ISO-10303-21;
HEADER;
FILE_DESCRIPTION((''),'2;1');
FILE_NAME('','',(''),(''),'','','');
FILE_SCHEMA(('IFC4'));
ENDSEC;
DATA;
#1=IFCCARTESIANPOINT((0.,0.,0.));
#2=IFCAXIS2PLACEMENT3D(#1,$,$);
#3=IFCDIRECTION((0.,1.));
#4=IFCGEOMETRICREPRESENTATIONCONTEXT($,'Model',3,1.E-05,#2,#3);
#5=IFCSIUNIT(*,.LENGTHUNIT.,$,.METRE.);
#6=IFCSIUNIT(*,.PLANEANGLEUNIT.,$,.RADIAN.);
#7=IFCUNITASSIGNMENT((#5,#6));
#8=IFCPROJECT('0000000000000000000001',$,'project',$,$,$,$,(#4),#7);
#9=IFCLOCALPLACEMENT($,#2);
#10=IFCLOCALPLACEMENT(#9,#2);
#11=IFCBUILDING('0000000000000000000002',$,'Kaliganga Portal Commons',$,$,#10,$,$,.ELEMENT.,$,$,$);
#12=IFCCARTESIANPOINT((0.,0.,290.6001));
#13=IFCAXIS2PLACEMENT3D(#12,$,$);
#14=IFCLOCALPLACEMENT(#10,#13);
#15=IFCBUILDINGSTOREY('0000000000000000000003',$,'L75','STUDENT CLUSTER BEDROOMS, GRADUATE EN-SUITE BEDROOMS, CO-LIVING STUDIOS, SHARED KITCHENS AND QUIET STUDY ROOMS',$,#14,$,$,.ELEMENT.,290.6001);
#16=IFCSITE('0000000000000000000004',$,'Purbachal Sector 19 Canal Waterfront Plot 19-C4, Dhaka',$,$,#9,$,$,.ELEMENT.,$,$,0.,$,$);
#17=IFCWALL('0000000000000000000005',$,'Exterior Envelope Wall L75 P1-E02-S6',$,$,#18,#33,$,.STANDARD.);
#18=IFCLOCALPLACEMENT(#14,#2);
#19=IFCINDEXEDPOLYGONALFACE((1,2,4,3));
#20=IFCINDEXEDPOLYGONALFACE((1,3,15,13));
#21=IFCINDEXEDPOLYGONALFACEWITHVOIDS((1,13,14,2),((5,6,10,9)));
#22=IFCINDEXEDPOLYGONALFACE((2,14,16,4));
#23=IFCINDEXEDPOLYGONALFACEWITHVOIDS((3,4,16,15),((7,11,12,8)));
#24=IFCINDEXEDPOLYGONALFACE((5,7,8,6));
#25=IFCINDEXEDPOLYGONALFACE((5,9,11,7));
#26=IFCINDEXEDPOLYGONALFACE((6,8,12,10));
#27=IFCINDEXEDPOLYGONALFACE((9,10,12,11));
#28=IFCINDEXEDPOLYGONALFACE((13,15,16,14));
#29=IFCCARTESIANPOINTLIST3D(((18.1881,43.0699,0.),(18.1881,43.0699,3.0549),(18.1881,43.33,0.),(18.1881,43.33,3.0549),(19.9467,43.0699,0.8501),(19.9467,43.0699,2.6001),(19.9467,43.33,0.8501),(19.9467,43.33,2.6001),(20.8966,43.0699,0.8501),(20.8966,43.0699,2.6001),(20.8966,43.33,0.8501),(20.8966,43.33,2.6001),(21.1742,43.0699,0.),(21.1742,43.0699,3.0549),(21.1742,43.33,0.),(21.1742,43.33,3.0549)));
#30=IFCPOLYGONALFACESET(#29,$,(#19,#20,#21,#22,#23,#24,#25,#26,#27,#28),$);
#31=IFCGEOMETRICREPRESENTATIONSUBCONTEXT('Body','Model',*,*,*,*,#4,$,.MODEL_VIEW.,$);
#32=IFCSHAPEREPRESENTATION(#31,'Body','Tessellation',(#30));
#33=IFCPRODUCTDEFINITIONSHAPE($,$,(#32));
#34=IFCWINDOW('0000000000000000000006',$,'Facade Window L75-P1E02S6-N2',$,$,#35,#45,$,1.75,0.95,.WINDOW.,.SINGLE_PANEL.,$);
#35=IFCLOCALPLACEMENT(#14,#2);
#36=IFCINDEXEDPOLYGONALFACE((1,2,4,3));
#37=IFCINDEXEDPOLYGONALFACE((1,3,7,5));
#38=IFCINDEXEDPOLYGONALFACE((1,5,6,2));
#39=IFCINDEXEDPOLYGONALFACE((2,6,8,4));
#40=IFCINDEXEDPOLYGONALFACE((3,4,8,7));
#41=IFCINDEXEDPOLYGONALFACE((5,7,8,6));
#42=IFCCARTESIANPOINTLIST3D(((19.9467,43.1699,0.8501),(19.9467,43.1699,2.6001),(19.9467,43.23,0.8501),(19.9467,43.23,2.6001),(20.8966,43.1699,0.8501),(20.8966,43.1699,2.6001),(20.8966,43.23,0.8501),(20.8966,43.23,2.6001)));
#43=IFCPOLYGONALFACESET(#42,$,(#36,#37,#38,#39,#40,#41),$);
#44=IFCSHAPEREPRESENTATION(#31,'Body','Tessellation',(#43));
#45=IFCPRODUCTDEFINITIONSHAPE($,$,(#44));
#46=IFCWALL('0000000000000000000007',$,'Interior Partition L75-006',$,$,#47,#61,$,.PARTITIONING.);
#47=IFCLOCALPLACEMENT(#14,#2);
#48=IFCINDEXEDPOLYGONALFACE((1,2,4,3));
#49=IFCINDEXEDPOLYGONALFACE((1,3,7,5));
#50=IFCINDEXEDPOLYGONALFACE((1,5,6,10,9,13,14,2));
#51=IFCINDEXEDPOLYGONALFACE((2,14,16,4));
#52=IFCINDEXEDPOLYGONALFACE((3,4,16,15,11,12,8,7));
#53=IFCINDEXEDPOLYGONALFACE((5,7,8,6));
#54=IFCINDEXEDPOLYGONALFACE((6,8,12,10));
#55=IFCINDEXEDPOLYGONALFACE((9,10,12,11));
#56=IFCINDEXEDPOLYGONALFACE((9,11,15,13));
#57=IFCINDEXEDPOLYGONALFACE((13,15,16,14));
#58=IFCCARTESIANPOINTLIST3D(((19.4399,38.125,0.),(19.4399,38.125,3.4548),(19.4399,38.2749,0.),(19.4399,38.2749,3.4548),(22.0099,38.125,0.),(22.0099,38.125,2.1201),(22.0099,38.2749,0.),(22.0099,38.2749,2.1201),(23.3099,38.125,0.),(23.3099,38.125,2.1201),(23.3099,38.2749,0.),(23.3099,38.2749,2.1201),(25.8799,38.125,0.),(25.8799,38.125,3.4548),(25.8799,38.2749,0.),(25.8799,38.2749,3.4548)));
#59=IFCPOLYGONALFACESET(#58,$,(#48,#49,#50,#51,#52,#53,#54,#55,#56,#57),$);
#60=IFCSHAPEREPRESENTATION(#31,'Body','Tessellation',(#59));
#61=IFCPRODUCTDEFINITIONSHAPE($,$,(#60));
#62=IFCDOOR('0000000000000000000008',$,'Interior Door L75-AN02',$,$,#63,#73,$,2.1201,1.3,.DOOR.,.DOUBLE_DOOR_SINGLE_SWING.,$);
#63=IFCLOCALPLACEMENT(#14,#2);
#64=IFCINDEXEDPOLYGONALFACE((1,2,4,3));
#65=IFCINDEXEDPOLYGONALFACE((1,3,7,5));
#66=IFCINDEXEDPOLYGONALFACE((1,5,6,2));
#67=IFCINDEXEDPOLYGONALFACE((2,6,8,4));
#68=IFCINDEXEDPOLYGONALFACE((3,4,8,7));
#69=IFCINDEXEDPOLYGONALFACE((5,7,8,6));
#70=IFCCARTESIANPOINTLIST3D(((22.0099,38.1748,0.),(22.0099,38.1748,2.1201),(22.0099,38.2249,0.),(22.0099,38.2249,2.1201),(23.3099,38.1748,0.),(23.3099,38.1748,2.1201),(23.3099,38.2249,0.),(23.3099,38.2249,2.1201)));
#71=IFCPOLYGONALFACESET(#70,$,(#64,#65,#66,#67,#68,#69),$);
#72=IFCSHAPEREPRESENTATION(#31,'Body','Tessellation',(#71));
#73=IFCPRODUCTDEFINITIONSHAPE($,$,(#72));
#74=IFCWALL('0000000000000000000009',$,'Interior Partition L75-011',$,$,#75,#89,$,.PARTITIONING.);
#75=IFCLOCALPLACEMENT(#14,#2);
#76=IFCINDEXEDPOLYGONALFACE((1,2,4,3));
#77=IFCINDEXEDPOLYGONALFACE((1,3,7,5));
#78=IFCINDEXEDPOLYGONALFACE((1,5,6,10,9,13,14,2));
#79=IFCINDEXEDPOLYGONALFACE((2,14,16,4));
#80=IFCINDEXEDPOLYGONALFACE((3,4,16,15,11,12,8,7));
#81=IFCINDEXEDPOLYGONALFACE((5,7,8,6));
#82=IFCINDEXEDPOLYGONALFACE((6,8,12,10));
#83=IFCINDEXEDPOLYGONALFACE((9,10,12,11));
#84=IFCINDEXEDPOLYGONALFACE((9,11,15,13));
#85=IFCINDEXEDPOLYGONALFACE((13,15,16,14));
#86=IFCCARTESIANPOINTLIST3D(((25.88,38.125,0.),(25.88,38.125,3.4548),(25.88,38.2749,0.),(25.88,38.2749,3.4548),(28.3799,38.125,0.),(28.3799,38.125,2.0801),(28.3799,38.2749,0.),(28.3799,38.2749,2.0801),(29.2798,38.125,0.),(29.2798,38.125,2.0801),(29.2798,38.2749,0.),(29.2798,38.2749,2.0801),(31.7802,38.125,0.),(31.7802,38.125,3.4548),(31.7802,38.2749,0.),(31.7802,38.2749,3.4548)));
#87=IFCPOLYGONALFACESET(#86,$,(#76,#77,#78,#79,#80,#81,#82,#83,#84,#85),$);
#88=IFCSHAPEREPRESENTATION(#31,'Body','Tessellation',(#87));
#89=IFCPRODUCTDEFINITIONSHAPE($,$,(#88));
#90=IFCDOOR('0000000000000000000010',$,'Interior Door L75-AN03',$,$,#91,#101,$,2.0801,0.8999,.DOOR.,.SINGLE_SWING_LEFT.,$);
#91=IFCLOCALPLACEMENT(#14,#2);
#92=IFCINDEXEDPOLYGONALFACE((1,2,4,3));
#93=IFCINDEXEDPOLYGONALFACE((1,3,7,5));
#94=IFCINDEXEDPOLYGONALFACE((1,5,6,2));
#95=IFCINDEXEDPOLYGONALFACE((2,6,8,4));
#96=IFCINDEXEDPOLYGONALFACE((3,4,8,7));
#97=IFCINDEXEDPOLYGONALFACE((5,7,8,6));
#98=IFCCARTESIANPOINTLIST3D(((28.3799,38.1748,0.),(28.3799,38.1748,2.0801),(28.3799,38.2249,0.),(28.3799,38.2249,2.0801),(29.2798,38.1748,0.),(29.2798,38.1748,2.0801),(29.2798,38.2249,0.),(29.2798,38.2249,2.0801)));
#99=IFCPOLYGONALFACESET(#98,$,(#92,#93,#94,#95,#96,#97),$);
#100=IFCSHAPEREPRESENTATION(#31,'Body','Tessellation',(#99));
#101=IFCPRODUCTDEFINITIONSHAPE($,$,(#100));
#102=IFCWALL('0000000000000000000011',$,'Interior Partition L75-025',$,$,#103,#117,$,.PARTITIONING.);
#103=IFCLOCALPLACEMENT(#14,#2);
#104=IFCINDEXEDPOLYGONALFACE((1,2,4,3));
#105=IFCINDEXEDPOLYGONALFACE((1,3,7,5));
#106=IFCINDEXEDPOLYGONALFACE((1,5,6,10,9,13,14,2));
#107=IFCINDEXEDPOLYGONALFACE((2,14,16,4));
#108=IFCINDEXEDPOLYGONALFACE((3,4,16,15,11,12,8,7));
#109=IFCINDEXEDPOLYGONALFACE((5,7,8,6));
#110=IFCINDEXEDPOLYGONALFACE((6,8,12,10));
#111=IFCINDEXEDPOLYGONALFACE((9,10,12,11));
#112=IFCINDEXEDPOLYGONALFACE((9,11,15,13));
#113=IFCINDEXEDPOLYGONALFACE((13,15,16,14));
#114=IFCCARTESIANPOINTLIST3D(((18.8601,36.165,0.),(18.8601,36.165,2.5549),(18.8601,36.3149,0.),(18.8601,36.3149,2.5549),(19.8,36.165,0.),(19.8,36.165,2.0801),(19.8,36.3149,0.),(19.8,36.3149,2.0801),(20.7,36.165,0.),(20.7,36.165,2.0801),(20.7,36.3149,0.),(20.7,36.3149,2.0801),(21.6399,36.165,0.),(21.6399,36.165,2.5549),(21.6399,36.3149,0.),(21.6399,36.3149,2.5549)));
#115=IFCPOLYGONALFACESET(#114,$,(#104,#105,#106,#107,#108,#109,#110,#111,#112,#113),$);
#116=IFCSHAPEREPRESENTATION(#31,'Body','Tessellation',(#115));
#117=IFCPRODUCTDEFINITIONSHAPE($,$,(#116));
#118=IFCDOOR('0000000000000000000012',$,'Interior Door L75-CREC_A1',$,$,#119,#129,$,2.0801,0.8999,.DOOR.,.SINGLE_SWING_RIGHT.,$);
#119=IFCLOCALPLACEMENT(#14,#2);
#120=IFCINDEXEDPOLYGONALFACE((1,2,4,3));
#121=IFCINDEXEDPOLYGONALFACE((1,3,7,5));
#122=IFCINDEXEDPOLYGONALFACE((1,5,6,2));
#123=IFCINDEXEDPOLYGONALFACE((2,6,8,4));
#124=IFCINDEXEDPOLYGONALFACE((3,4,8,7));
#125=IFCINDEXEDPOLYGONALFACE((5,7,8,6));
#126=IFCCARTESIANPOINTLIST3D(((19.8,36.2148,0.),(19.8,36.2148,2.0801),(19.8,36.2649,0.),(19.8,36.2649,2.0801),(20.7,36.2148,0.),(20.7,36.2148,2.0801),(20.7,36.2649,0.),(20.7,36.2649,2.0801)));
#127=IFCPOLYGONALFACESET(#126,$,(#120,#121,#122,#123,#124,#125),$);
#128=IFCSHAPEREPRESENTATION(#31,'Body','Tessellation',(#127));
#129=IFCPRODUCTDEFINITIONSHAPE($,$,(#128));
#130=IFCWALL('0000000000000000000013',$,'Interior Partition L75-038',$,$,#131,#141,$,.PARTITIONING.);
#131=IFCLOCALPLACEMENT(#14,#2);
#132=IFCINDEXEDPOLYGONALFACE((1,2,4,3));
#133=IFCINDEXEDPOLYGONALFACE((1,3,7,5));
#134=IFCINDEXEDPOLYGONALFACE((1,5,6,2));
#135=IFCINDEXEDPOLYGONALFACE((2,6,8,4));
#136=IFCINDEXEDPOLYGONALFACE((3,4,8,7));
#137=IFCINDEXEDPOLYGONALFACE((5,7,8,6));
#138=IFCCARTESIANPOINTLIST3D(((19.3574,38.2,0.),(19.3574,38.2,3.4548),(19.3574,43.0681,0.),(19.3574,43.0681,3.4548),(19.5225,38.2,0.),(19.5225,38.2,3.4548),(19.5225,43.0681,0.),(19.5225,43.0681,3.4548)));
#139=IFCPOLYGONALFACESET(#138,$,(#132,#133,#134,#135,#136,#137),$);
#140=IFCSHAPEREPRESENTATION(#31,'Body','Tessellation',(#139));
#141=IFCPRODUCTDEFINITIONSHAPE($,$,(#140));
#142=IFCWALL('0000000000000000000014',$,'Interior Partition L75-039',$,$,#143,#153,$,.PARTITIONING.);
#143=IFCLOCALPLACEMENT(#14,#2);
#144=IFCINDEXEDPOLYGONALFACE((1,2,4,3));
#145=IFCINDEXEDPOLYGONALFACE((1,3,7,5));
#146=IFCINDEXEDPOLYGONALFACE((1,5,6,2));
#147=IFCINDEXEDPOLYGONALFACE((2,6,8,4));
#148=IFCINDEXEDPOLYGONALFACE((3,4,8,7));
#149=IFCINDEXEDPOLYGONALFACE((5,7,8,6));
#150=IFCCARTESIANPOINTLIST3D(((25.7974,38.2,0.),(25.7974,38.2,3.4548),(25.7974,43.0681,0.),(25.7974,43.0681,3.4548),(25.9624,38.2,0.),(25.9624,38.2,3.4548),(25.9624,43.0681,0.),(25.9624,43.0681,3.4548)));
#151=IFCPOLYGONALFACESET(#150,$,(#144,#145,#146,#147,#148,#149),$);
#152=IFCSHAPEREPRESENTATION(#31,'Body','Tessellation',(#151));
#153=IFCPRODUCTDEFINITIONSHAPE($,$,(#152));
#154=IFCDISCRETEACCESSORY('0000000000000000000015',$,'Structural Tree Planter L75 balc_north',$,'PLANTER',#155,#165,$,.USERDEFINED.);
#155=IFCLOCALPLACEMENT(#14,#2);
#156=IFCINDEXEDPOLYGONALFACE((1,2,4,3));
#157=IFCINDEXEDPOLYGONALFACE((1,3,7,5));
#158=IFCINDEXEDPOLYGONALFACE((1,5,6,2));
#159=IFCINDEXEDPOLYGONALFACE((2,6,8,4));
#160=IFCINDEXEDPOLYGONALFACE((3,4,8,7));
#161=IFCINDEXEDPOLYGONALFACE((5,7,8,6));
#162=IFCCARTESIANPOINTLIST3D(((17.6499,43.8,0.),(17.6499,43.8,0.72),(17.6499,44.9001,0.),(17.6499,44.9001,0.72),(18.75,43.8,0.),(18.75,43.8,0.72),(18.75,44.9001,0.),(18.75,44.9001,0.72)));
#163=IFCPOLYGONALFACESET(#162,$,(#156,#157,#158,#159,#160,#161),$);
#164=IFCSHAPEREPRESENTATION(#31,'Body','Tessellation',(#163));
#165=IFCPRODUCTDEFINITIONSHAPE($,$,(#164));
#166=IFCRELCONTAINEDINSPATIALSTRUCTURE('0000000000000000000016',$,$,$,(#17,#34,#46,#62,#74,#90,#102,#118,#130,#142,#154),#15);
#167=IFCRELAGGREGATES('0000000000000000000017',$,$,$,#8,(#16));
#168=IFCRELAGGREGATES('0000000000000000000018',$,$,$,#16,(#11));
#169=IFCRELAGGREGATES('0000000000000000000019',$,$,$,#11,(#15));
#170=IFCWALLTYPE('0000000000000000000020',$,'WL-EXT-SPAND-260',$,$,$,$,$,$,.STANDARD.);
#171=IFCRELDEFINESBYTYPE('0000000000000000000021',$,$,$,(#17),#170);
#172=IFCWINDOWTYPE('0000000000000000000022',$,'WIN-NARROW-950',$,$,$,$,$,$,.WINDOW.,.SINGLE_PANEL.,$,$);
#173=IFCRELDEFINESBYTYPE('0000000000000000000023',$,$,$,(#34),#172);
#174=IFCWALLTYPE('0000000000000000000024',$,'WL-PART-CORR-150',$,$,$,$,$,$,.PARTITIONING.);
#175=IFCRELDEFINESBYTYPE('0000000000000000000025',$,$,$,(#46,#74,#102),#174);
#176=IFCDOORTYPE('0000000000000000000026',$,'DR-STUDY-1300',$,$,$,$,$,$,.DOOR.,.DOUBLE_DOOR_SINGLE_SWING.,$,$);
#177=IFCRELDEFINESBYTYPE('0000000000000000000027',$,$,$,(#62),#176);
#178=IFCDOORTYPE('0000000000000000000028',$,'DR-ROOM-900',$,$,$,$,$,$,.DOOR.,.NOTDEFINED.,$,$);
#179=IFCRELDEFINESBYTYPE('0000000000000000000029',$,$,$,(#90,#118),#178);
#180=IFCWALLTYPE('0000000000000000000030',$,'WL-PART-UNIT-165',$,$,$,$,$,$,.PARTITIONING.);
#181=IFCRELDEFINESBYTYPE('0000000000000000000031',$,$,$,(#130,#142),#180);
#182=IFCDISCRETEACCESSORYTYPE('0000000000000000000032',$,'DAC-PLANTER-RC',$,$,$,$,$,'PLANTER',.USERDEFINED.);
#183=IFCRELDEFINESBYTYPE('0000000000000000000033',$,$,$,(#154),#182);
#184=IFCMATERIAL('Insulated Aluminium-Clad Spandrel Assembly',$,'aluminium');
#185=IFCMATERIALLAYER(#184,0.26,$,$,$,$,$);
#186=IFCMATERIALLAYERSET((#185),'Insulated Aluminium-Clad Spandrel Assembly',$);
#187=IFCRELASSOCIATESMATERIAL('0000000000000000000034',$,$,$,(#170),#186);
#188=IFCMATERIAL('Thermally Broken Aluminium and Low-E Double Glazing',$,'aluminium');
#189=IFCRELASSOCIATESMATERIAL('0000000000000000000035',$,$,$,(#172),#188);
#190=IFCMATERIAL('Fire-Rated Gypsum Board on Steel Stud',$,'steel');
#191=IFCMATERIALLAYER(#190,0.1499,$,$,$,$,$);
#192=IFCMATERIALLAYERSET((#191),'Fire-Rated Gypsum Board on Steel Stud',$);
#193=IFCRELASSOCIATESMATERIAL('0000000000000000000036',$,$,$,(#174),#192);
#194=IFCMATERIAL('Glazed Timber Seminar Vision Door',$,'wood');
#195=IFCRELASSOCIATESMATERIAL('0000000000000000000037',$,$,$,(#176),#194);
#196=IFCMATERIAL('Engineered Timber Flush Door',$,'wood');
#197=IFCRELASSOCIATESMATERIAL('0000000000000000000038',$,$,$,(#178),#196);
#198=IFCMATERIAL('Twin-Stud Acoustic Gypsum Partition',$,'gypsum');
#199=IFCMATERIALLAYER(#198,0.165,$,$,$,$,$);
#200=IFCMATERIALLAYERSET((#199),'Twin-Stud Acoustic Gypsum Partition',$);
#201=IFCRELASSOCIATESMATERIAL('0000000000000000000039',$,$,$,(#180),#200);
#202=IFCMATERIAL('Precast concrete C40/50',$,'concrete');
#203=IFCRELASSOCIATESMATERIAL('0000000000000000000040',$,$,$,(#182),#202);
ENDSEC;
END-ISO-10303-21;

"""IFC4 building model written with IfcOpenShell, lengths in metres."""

from ifc_helpers import new_model, si_unit, direction, frame, frame_2d, origin, origin_2d, place, context, subcontext, project, spatial, rectangle, extrude, source, transform, mapped, material, layer, layer_set, type_object, element, fill, save


model = new_model("IFC4")

# Units and contexts
model_context = context("Model", 3, precision=1e-05, world=origin(), true_north=direction((0.0, 1.0)))
body_context = subcontext(model_context, "Body", "Model", "MODEL_VIEW")
ifc_project = project(units=[si_unit("LENGTHUNIT", "METRE"), si_unit("PLANEANGLEUNIT", "RADIAN")], contexts=[model_context])

# Site, building, storey
site_placement = place(None, origin())
site = spatial("IfcSite", under=ifc_project, at=site_placement, Name="Purbachal Sector 19 Canal Waterfront Plot 19-C4, Dhaka", CompositionType="ELEMENT", RefElevation=0.0)
building_placement = place(site_placement, origin())
building = spatial("IfcBuilding", under=site, at=building_placement, Name="Kaliganga Portal Commons", CompositionType="ELEMENT")
storey_placement = place(building_placement, frame((0.0, 0.0, 290.6001)))
storey = spatial("IfcBuildingStorey", under=building, at=storey_placement, Name="L75", Description="STUDENT CLUSTER BEDROOMS, GRADUATE EN-SUITE BEDROOMS, CO-LIVING STUDIOS, SHARED KITCHENS AND QUIET STUDY ROOMS", CompositionType="ELEMENT", Elevation=290.6001)

# Wall, opening, window
ifc_material_1 = material(Name="Insulated Aluminium-Clad Spandrel Assembly", Category="aluminium")
ifc_layer_1 = layer(ifc_material_1, 0.26)
ifc_layer_set_1 = layer_set([ifc_layer_1], Name="Insulated Aluminium-Clad Spandrel Assembly")
wall_type_1 = type_object("IfcWallType", Name="WL-EXT-SPAND-260", PredefinedType="STANDARD", material=ifc_layer_set_1)
ifc_material_2 = material(Name="Thermally Broken Aluminium and Low-E Double Glazing", Category="aluminium")
window_type = type_object("IfcWindowType", Name="WIN-NARROW-950", PartitioningType="SINGLE_PANEL", PredefinedType="WINDOW", material=ifc_material_2)
wall_1_placement = place(storey_placement, frame((18.188, 43.2, 0.0), z_axis=(0.0, 0.0, 1.0), x_axis=(1.0, 0.0, 0.0)))
wall_1 = element("IfcWall", 1, at=wall_1_placement, inside=storey, type_object=wall_type_1, Name="Exterior Envelope Wall L75 P1-E02-S6", PredefinedType="STANDARD", context=body_context, shape_type="SweptSolid", body=[
    extrude(rectangle(XDim=2.9861, YDim=0.26, at=frame_2d((1.4932, 0.0))), origin(), (0.0, 0.0, 1.0), 3.0549),
])
opening_1_placement = place(wall_1_placement, frame((1.7585, 0.0, 0.8501)))
opening_1 = element("IfcOpeningElement", 2, at=opening_1_placement, cuts=wall_1, PredefinedType="OPENING", context=body_context, shape_type="SweptSolid", body=[
    extrude(rectangle(XDim=0.95, YDim=1.75, at=frame_2d((0.4751, 0.875))), frame((0.0, 0.1401, 0.0), z_axis=(0.0, -1.0, 0.0), x_axis=(1.0, 0.0, 0.0)), (0.0, 0.0, 1.0), 0.28),
])
window_1_placement = place(opening_1_placement, origin())
window_1 = element("IfcWindow", 3, at=window_1_placement, inside=storey, type_object=window_type, Name="Facade Window L75-P1E02S6-N2", OverallHeight=1.75, OverallWidth=0.95, PartitioningType="SINGLE_PANEL", PredefinedType="WINDOW", context=body_context, shape_type="SweptSolid", body=[
    extrude(rectangle(XDim=0.95, YDim=1.75, at=frame_2d((0.4751, 0.875))), frame((0.0, 0.03, 0.0), z_axis=(0.0, -1.0, 0.0), x_axis=(1.0, 0.0, 0.0)), (0.0, 0.0, 1.0), 0.0601),
])
fill(opening_1, window_1)

# Walls, openings, doors
ifc_material_3 = material(Name="Fire-Rated Gypsum Board on Steel Stud", Category="steel")
ifc_layer_2 = layer(ifc_material_3, 0.1499)
ifc_layer_set_2 = layer_set([ifc_layer_2], Name="Fire-Rated Gypsum Board on Steel Stud")
wall_type_2 = type_object("IfcWallType", Name="WL-PART-CORR-150", PredefinedType="PARTITIONING", material=ifc_layer_set_2)
wall_2_placement = place(storey_placement, frame((19.4399, 38.2, 0.0), z_axis=(0.0, 0.0, 1.0), x_axis=(1.0, 0.0, 0.0)))
wall_2 = element("IfcWall", 4, at=wall_2_placement, inside=storey, type_object=wall_type_2, Name="Interior Partition L75-006", PredefinedType="PARTITIONING", context=body_context, shape_type="SweptSolid", body=[
    extrude(rectangle(XDim=6.4399, YDim=0.1499, at=frame_2d((3.22, 0.0))), origin(), (0.0, 0.0, 1.0), 3.4548),
])
opening_2_placement = place(wall_2_placement, frame((2.5701, 0.0, 0.0)))
opening_2 = element("IfcOpeningElement", 5, at=opening_2_placement, cuts=wall_2, PredefinedType="OPENING", context=body_context, shape_type="SweptSolid", body=[
    extrude(rectangle(XDim=1.3, YDim=2.1201, at=frame_2d((0.6499, 1.0601))), frame((0.0, 0.085, 0.0), z_axis=(0.0, -1.0, 0.0), x_axis=(1.0, 0.0, 0.0)), (0.0, 0.0, 1.0), 0.1699),
])
ifc_material_4 = material(Name="Glazed Timber Seminar Vision Door", Category="wood")
door_type_1 = type_object("IfcDoorType", Name="DR-STUDY-1300", OperationType="DOUBLE_DOOR_SINGLE_SWING", PredefinedType="DOOR", material=ifc_material_4)
door_1_placement = place(opening_2_placement, origin())
door_1 = element("IfcDoor", 6, at=door_1_placement, inside=storey, type_object=door_type_1, Name="Interior Door L75-AN02", OperationType="DOUBLE_DOOR_SINGLE_SWING", OverallHeight=2.1201, OverallWidth=1.3, PredefinedType="DOOR", context=body_context, shape_type="SweptSolid", body=[
    extrude(rectangle(XDim=1.3, YDim=2.1201, at=frame_2d((0.6499, 1.0601))), frame((0.0, 0.0249, 0.0), z_axis=(0.0, -1.0, 0.0), x_axis=(1.0, 0.0, 0.0)), (0.0, 0.0, 1.0), 0.05),
])
fill(opening_2, door_1)
wall_3_placement = place(storey_placement, frame((25.8799, 38.2, 0.0), z_axis=(0.0, 0.0, 1.0), x_axis=(1.0, 0.0, 0.0)))
wall_3 = element("IfcWall", 7, at=wall_3_placement, inside=storey, type_object=wall_type_2, Name="Interior Partition L75-011", PredefinedType="PARTITIONING", context=body_context, shape_type="SweptSolid", body=[
    extrude(rectangle(XDim=5.9001, YDim=0.1499, at=frame_2d((2.9502, 0.0))), origin(), (0.0, 0.0, 1.0), 3.4548),
])
opening_3_placement = place(wall_3_placement, frame((2.5, 0.0, 0.0)))
opening_3 = element("IfcOpeningElement", 8, at=opening_3_placement, cuts=wall_3, PredefinedType="OPENING", context=body_context, shape_type="SweptSolid", body=[
    extrude(rectangle(XDim=0.8999, YDim=2.0801, at=frame_2d((0.45, 1.04))), frame((0.0, 0.085, 0.0), z_axis=(0.0, -1.0, 0.0), x_axis=(1.0, 0.0, 0.0)), (0.0, 0.0, 1.0), 0.1699),
])
ifc_material_5 = material(Name="Engineered Timber Flush Door", Category="wood")
door_type_2 = type_object("IfcDoorType", Name="DR-ROOM-900", OperationType="NOTDEFINED", PredefinedType="DOOR", material=ifc_material_5)
door_2_placement = place(opening_3_placement, origin())
door_2 = element("IfcDoor", 9, at=door_2_placement, inside=storey, type_object=door_type_2, Name="Interior Door L75-AN03", OperationType="SINGLE_SWING_LEFT", OverallHeight=2.0801, OverallWidth=0.8999, PredefinedType="DOOR", context=body_context, shape_type="SweptSolid", body=[
    extrude(rectangle(XDim=0.8999, YDim=2.0801, at=frame_2d((0.45, 1.04))), frame((0.0, 0.0249, 0.0), z_axis=(0.0, -1.0, 0.0), x_axis=(1.0, 0.0, 0.0)), (0.0, 0.0, 1.0), 0.05),
])
fill(opening_3, door_2)
wall_4_placement = place(storey_placement, frame((18.8601, 36.24, 0.0), z_axis=(0.0, 0.0, 1.0), x_axis=(1.0, 0.0, 0.0)))
wall_4 = element("IfcWall", 10, at=wall_4_placement, inside=storey, type_object=wall_type_2, Name="Interior Partition L75-025", PredefinedType="PARTITIONING", context=body_context, shape_type="SweptSolid", body=[
    extrude(rectangle(XDim=2.7798, YDim=0.1499, at=frame_2d((1.3899, 0.0))), origin(), (0.0, 0.0, 1.0), 2.5549),
])
opening_4_placement = place(wall_4_placement, frame((0.9399, 0.0, 0.0)))
opening_4 = element("IfcOpeningElement", 11, at=opening_4_placement, cuts=wall_4, PredefinedType="OPENING", context=body_context, shape_type="SweptSolid", body=[
    extrude(rectangle(XDim=0.8999, YDim=2.0801, at=frame_2d((0.45, 1.04))), frame((0.0, 0.085, 0.0), z_axis=(0.0, -1.0, 0.0), x_axis=(1.0, 0.0, 0.0)), (0.0, 0.0, 1.0), 0.1699),
])
door_3_placement = place(opening_4_placement, origin())
door_3 = element("IfcDoor", 12, at=door_3_placement, inside=storey, type_object=door_type_2, Name="Interior Door L75-CREC_A1", OperationType="SINGLE_SWING_RIGHT", OverallHeight=2.0801, OverallWidth=0.8999, PredefinedType="DOOR", context=body_context, shape_type="SweptSolid", body=[
    extrude(rectangle(XDim=0.8999, YDim=2.0801, at=frame_2d((0.45, 1.04))), frame((0.0, 0.0249, 0.0), z_axis=(0.0, -1.0, 0.0), x_axis=(1.0, 0.0, 0.0)), (0.0, 0.0, 1.0), 0.05),
])
fill(opening_4, door_3)

# Walls
ifc_material_6 = material(Name="Twin-Stud Acoustic Gypsum Partition", Category="gypsum")
ifc_layer_3 = layer(ifc_material_6, 0.165)
ifc_layer_set_3 = layer_set([ifc_layer_3], Name="Twin-Stud Acoustic Gypsum Partition")
wall_type_3 = type_object("IfcWallType", Name="WL-PART-UNIT-165", PredefinedType="PARTITIONING", material=ifc_layer_set_3)
for number, where, z_axis, x_axis, name in (
    (13, (19.4399, 38.2, 0.0), (0.0, 0.0, 1.0), (0.0, 1.0, 0.0), "Interior Partition L75-038"),
    (14, (25.8799, 38.2, 0.0), (0.0, 0.0, 1.0), (0.0, 1.0, 0.0), "Interior Partition L75-039"),
):
    element("IfcWall", number, at=place(storey_placement, frame(where, z_axis=z_axis, x_axis=x_axis)), inside=storey, type_object=wall_type_3, Name=name, PredefinedType="PARTITIONING", context=body_context, shape_type="SweptSolid", body=[
        extrude(rectangle(XDim=4.8682, YDim=0.165, at=frame_2d((2.4341, 0.0))), origin(), (0.0, 0.0, 1.0), 3.4548),
    ])

# Discrete accessory
ifc_material_7 = material(Name="Precast concrete C40/50", Category="concrete")
discrete_accessory_type = type_object("IfcDiscreteAccessoryType", Name="DAC-PLANTER-RC", ElementType="PLANTER", PredefinedType="USERDEFINED", material=ifc_material_7)
shared_shape_1 = source(origin(), body_context, "Body", "SweptSolid", [
    extrude(rectangle(XDim=1.1001, YDim=1.1001, at=origin_2d()), origin(), (0.0, 0.0, 1.0), 0.72),
])
discrete_accessory_placement = place(storey_placement, frame((18.2, 44.3501, 0.0), z_axis=(0.0, 0.0, 1.0), x_axis=(1.0, 0.0, 0.0)))
element("IfcDiscreteAccessory", 15, at=discrete_accessory_placement, inside=storey, type_object=discrete_accessory_type, Name="Structural Tree Planter L75 balc_north", ObjectType="PLANTER", PredefinedType="USERDEFINED", context=body_context, shape_type="MappedRepresentation", body=[
    mapped(shared_shape_1, transform((0.0, 0.0, 0.0), x_axis=(1.0, 0.0, 0.0), y_axis=(0.0, 1.0, 0.0), z_axis=(0.0, 0.0, 1.0), scale=1.0)),
])

save(model, "model.ifc")
